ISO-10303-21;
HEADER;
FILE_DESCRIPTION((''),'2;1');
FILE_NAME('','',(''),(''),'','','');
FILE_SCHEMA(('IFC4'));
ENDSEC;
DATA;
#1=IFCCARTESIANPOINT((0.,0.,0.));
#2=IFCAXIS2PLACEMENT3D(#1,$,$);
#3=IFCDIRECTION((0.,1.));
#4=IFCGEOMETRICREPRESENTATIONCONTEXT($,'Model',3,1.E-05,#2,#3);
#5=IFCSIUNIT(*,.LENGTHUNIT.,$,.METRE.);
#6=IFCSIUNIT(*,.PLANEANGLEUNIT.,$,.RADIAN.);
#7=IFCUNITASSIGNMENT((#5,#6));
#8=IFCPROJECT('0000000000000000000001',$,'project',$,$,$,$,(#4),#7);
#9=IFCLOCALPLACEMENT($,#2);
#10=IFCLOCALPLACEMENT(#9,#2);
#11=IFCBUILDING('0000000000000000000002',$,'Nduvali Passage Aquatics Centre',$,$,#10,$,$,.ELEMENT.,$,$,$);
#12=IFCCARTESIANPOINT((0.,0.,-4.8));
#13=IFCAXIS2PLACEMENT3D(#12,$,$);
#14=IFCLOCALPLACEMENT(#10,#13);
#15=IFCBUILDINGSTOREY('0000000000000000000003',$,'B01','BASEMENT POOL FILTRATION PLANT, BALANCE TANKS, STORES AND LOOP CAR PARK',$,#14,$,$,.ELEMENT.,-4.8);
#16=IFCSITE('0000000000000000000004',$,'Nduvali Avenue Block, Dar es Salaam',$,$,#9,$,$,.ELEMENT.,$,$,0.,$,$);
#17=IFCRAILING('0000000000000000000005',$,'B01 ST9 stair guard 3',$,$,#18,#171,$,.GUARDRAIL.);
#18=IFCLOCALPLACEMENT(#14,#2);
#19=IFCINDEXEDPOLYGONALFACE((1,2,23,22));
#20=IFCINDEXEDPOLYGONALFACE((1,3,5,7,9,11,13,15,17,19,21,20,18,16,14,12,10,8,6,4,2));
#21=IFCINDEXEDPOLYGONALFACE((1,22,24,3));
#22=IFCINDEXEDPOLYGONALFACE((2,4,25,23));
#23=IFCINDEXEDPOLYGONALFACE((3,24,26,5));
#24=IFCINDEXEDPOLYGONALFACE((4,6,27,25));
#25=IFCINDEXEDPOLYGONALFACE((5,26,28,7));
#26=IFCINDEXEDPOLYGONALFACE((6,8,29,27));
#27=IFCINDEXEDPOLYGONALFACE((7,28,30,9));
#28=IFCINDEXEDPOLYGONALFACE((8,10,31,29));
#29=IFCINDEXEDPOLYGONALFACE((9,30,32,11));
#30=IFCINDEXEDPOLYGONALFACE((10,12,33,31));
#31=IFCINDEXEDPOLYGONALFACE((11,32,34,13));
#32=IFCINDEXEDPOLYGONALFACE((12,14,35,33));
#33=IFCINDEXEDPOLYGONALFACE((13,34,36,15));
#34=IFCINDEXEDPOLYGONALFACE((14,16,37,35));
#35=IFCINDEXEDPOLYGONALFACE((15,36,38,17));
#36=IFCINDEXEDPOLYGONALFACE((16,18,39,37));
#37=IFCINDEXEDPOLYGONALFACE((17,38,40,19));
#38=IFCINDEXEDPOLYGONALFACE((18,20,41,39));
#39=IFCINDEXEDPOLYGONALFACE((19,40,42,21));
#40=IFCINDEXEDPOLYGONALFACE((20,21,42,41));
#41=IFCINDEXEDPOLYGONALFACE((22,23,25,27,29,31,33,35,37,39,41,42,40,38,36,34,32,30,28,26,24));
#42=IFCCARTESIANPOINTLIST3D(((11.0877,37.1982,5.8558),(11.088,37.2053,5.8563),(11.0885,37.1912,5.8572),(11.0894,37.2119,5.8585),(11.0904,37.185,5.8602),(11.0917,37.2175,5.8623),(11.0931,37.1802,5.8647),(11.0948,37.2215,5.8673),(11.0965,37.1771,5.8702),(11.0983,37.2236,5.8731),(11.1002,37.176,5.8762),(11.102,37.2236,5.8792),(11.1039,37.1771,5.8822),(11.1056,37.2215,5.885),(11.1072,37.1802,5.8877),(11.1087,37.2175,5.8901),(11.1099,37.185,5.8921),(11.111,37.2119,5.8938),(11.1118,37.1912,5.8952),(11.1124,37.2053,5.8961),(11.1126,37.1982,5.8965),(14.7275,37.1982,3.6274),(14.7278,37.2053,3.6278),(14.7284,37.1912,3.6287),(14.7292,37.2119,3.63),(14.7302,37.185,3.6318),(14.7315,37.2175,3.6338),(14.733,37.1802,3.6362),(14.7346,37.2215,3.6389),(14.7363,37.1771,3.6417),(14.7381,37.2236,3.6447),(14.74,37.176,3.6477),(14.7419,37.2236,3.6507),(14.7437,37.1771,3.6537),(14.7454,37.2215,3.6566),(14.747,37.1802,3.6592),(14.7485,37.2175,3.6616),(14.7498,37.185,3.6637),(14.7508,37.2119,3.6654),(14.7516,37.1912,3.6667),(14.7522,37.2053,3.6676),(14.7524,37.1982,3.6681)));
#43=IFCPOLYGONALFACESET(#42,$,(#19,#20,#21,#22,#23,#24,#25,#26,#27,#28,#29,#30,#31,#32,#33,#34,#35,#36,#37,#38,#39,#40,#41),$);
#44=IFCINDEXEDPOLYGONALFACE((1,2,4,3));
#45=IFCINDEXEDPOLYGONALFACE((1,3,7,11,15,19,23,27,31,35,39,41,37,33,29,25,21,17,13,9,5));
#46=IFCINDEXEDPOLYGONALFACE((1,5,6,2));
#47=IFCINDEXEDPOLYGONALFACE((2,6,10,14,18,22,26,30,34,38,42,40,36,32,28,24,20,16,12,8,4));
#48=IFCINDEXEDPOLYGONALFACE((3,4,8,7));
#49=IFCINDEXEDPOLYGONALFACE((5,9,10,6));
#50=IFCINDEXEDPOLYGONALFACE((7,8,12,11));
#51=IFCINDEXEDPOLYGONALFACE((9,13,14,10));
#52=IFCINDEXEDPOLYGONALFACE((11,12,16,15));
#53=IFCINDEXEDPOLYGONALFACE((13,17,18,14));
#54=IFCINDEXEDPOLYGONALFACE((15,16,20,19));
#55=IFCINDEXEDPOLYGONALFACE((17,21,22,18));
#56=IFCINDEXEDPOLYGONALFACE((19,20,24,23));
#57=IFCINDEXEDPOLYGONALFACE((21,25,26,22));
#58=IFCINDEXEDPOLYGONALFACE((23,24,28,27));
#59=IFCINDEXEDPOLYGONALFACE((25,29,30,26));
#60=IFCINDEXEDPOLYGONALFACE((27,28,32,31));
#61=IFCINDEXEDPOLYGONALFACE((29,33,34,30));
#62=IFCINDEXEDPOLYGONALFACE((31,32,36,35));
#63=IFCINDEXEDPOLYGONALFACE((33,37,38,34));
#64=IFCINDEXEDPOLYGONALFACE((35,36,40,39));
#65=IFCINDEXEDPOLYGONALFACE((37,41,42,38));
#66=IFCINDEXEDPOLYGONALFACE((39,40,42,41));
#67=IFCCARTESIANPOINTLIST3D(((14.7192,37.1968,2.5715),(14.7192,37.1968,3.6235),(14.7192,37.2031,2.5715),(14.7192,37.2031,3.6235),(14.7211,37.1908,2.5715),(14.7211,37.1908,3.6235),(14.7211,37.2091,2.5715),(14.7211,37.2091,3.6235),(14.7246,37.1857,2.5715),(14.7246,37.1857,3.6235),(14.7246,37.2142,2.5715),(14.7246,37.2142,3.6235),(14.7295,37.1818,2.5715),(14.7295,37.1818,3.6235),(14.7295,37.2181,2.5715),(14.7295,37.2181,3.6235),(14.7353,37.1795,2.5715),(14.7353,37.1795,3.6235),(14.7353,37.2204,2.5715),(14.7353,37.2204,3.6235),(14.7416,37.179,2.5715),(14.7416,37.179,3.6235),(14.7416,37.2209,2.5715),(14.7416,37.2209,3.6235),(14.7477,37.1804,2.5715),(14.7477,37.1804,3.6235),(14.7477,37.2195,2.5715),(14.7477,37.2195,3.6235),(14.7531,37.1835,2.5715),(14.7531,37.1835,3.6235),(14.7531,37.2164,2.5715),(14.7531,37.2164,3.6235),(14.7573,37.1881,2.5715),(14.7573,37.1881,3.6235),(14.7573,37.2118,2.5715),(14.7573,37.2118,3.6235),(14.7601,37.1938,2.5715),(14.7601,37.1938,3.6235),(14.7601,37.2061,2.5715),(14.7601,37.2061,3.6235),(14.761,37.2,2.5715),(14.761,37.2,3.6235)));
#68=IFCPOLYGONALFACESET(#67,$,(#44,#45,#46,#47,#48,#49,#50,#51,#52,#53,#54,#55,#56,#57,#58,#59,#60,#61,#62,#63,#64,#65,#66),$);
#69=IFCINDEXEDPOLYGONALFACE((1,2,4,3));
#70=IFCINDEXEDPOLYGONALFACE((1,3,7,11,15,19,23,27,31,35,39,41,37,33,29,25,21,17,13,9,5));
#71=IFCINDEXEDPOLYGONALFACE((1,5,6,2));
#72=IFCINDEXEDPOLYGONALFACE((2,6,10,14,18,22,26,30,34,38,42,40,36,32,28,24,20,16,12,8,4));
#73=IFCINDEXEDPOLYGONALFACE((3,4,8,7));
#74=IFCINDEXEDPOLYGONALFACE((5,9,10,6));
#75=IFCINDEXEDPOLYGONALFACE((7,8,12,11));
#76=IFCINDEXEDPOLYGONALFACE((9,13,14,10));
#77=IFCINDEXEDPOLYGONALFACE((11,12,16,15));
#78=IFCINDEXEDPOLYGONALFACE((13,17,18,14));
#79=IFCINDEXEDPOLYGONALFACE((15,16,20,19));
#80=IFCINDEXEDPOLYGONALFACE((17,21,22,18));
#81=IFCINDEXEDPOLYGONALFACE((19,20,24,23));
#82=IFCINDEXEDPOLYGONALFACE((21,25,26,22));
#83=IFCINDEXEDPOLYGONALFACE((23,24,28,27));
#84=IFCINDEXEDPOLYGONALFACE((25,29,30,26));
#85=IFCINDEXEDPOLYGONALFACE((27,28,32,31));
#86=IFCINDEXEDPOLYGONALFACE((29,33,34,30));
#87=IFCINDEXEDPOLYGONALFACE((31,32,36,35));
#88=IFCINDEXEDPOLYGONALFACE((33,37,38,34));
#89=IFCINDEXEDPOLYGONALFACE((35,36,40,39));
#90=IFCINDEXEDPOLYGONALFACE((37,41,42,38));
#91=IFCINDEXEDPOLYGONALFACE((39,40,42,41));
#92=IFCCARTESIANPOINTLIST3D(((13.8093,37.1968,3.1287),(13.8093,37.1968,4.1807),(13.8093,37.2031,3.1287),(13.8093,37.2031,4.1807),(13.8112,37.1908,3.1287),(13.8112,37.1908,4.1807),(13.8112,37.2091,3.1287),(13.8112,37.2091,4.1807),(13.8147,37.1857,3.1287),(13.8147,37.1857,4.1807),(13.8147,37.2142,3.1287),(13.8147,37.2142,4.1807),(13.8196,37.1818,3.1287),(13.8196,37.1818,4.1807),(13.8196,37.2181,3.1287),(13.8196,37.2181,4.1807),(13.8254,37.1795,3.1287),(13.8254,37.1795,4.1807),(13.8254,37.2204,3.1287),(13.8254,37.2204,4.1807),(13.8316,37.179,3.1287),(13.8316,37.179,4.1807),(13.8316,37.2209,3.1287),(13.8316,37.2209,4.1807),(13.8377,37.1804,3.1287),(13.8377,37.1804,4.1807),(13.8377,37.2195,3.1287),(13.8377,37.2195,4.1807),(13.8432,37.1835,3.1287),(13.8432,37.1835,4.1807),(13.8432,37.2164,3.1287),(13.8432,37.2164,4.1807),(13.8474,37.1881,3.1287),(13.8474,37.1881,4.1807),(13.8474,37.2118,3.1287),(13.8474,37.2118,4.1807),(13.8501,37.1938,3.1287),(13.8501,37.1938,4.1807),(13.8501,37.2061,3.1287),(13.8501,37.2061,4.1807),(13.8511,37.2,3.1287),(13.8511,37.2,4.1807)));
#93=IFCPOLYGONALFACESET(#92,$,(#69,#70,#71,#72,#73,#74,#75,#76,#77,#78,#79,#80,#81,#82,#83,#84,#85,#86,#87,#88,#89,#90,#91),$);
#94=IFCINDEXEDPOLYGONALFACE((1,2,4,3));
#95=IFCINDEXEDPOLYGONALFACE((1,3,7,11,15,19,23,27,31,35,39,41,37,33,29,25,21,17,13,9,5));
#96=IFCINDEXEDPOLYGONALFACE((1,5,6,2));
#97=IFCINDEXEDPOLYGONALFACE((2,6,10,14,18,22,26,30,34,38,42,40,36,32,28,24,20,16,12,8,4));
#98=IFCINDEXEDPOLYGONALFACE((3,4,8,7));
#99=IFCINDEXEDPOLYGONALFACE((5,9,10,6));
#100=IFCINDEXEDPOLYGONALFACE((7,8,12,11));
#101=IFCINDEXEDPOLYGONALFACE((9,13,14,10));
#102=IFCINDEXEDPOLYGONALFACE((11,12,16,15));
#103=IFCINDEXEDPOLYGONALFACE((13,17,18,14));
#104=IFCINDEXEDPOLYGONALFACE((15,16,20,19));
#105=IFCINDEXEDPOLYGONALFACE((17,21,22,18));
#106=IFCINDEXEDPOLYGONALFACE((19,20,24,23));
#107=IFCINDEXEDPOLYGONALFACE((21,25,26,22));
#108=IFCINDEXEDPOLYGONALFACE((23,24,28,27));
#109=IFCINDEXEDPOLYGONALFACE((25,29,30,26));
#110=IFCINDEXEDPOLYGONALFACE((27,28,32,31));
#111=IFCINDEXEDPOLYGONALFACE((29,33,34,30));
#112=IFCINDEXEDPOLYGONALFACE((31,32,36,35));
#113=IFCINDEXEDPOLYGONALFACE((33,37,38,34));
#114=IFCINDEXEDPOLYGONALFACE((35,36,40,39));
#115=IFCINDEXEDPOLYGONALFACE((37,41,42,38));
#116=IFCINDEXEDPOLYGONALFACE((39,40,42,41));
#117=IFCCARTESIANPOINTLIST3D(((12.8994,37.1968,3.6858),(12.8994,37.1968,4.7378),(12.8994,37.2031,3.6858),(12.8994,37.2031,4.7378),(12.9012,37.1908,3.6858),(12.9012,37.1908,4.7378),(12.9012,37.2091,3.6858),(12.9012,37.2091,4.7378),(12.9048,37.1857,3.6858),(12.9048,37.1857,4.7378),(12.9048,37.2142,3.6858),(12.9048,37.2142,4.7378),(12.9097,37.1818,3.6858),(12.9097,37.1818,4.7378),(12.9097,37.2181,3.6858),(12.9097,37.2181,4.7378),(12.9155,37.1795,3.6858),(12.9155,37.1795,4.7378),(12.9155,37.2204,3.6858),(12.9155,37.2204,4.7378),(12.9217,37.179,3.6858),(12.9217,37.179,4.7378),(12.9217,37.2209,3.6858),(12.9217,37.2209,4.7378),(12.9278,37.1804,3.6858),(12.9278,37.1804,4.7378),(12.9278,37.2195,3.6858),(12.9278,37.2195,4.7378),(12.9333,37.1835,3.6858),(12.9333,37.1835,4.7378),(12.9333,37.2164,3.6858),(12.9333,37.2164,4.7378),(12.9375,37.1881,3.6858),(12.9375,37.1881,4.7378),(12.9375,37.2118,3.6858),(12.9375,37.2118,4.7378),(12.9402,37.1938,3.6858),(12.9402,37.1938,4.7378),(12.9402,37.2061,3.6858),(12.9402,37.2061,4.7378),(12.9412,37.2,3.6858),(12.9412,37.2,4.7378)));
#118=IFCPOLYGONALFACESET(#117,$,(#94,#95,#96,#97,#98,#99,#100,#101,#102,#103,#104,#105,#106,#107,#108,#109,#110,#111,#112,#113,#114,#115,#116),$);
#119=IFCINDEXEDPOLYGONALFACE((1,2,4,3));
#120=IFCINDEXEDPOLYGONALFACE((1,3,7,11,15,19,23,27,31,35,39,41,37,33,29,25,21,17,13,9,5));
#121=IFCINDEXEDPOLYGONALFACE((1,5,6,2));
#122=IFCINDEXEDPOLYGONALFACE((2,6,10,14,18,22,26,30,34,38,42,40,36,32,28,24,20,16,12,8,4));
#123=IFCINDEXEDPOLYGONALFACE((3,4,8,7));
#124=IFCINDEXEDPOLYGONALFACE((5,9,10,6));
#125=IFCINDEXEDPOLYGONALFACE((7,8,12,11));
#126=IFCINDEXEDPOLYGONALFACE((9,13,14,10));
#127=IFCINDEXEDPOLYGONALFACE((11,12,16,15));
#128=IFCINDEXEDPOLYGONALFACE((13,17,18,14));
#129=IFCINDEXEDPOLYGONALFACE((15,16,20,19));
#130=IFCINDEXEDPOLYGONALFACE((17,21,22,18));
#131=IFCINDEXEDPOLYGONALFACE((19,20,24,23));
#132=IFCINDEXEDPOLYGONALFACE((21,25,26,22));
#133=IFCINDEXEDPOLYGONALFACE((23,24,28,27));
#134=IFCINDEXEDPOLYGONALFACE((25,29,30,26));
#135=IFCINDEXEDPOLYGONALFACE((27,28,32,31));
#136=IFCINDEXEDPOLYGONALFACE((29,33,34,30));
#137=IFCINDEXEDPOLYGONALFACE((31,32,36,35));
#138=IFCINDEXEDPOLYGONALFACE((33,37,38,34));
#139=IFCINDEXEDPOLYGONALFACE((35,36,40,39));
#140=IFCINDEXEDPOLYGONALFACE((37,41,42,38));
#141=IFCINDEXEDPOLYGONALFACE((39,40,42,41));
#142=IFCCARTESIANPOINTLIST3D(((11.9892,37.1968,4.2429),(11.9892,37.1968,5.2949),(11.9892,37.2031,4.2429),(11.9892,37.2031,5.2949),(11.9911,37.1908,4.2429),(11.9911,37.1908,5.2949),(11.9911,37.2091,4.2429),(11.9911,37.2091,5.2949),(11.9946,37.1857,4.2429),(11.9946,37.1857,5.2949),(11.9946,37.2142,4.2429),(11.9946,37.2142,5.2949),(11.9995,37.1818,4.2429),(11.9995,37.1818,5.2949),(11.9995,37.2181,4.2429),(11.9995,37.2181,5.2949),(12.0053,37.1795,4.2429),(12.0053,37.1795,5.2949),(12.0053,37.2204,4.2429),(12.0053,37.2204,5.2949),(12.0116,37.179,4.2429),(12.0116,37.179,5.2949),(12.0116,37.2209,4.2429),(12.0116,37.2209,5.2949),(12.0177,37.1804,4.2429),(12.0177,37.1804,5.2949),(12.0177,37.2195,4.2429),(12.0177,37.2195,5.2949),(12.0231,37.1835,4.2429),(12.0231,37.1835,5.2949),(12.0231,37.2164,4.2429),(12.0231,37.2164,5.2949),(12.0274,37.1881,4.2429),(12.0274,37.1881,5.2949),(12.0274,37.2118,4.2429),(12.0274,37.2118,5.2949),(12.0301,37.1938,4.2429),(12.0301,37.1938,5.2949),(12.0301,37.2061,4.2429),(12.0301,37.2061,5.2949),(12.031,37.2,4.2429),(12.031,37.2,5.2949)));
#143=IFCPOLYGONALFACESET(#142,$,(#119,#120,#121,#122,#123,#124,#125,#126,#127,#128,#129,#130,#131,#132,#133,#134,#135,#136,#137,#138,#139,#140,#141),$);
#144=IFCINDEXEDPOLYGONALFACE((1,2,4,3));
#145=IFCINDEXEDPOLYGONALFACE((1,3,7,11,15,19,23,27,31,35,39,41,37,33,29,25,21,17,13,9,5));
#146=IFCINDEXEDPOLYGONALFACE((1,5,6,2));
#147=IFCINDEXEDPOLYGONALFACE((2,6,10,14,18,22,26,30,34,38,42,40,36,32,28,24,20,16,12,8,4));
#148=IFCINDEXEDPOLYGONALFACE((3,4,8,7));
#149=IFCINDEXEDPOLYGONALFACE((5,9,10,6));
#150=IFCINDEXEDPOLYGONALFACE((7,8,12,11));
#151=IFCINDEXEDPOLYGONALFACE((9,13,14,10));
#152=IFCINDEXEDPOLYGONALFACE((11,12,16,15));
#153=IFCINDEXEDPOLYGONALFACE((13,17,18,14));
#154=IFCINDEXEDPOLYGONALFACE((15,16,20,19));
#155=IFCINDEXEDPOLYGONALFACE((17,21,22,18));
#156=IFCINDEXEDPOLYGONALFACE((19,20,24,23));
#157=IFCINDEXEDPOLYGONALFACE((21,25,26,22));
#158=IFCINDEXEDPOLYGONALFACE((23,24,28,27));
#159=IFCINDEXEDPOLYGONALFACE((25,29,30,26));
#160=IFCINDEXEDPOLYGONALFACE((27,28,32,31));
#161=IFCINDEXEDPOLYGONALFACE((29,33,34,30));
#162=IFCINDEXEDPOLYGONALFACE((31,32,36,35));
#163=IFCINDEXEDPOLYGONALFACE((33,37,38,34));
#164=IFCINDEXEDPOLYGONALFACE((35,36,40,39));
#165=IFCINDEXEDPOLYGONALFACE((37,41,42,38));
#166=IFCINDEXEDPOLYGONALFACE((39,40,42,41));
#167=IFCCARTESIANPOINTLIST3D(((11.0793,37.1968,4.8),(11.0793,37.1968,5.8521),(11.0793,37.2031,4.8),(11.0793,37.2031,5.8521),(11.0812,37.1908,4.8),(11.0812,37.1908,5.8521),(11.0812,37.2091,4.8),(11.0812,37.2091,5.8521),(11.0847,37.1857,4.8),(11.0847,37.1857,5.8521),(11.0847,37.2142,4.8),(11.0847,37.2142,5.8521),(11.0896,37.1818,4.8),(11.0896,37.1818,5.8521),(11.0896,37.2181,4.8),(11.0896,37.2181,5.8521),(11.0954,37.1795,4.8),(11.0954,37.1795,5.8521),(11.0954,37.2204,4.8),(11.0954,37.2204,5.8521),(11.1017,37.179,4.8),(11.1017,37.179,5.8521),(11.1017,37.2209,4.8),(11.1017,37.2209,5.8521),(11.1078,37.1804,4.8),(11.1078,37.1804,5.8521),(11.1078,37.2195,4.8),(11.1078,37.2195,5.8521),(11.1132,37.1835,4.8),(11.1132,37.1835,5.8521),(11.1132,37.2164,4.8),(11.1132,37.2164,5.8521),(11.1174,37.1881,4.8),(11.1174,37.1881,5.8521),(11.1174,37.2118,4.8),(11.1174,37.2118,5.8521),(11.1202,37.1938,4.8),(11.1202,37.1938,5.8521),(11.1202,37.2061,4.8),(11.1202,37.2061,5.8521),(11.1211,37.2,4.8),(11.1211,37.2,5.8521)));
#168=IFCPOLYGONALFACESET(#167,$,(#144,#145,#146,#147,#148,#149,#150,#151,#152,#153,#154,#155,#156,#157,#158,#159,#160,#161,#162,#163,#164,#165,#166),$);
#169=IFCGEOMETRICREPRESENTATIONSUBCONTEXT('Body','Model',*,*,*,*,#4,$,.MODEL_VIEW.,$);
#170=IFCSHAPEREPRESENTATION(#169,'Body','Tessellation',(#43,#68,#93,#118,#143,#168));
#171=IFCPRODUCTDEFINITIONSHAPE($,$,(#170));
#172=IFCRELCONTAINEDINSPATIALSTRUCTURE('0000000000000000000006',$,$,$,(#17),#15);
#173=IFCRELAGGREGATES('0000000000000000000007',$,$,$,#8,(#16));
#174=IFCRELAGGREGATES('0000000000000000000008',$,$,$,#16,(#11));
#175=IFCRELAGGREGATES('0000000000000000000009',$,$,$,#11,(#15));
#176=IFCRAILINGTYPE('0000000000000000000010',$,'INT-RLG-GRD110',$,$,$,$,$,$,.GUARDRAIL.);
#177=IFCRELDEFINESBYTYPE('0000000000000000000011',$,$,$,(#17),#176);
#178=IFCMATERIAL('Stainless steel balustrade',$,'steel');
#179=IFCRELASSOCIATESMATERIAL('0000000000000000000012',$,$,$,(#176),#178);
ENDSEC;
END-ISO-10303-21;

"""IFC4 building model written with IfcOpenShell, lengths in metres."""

from ifc_helpers import new_model, si_unit, direction, frame, origin, origin_2d, place, context, subcontext, project, spatial, circle, extrude, material, type_object, element, save


model = new_model("IFC4")

# Units and contexts
model_context = context("Model", 3, precision=1e-05, world=origin(), true_north=direction((0.0, 1.0)))
body_context = subcontext(model_context, "Body", "Model", "MODEL_VIEW")
ifc_project = project(units=[si_unit("LENGTHUNIT", "METRE"), si_unit("PLANEANGLEUNIT", "RADIAN")], contexts=[model_context])

# Site, building, storey
site_placement = place(None, origin())
site = spatial("IfcSite", under=ifc_project, at=site_placement, Name="Nduvali Avenue Block, Dar es Salaam", CompositionType="ELEMENT", RefElevation=0.0)
building_placement = place(site_placement, origin())
building = spatial("IfcBuilding", under=site, at=building_placement, Name="Nduvali Passage Aquatics Centre", CompositionType="ELEMENT")
storey_placement = place(building_placement, frame((0.0, 0.0, -4.8)))
storey = spatial("IfcBuildingStorey", under=building, at=storey_placement, Name="B01", Description="BASEMENT POOL FILTRATION PLANT, BALANCE TANKS, STORES AND LOOP CAR PARK", CompositionType="ELEMENT", Elevation=-4.8)

# Railing
ifc_material_1 = material(Name="Stainless steel balustrade", Category="steel")
railing_type_1 = type_object("IfcRailingType", Name="INT-RLG-GRD110", PredefinedType="GUARDRAIL", material=ifc_material_1)
railing_1_placement = place(storey_placement, frame((14.74, 37.2, 2.5715)))
element("IfcRailing", 1, at=railing_1_placement, inside=storey, type_object=railing_type_1, Name="B01 ST9 stair guard 3", PredefinedType="GUARDRAIL", context=body_context, shape_type="SweptSolid", body=[
    extrude(circle(Radius=0.0239, at=origin_2d()), frame((0.0, 0.0, 1.0762), z_axis=(-0.85285, 0.0, 0.522156), x_axis=(0.0, -1.0, 0.0)), (0.0, 0.0, 1.0), 4.2678),
    extrude(circle(Radius=0.021, at=origin_2d()), origin(), (0.0, 0.0, 1.0), 1.052),
    extrude(circle(Radius=0.021, at=origin_2d()), frame((-0.9099, 0.0, 0.5571)), (0.0, 0.0, 1.0), 1.052),
    extrude(circle(Radius=0.021, at=origin_2d()), frame((-1.8198, 0.0, 1.1143)), (0.0, 0.0, 1.0), 1.052),
    extrude(circle(Radius=0.021, at=origin_2d()), frame((-2.73, 0.0, 1.6714)), (0.0, 0.0, 1.0), 1.052),
    extrude(circle(Radius=0.021, at=origin_2d()), frame((-3.6399, 0.0, 2.2285)), (0.0, 0.0, 1.0), 1.052),
])

save(model, "model.ifc")
